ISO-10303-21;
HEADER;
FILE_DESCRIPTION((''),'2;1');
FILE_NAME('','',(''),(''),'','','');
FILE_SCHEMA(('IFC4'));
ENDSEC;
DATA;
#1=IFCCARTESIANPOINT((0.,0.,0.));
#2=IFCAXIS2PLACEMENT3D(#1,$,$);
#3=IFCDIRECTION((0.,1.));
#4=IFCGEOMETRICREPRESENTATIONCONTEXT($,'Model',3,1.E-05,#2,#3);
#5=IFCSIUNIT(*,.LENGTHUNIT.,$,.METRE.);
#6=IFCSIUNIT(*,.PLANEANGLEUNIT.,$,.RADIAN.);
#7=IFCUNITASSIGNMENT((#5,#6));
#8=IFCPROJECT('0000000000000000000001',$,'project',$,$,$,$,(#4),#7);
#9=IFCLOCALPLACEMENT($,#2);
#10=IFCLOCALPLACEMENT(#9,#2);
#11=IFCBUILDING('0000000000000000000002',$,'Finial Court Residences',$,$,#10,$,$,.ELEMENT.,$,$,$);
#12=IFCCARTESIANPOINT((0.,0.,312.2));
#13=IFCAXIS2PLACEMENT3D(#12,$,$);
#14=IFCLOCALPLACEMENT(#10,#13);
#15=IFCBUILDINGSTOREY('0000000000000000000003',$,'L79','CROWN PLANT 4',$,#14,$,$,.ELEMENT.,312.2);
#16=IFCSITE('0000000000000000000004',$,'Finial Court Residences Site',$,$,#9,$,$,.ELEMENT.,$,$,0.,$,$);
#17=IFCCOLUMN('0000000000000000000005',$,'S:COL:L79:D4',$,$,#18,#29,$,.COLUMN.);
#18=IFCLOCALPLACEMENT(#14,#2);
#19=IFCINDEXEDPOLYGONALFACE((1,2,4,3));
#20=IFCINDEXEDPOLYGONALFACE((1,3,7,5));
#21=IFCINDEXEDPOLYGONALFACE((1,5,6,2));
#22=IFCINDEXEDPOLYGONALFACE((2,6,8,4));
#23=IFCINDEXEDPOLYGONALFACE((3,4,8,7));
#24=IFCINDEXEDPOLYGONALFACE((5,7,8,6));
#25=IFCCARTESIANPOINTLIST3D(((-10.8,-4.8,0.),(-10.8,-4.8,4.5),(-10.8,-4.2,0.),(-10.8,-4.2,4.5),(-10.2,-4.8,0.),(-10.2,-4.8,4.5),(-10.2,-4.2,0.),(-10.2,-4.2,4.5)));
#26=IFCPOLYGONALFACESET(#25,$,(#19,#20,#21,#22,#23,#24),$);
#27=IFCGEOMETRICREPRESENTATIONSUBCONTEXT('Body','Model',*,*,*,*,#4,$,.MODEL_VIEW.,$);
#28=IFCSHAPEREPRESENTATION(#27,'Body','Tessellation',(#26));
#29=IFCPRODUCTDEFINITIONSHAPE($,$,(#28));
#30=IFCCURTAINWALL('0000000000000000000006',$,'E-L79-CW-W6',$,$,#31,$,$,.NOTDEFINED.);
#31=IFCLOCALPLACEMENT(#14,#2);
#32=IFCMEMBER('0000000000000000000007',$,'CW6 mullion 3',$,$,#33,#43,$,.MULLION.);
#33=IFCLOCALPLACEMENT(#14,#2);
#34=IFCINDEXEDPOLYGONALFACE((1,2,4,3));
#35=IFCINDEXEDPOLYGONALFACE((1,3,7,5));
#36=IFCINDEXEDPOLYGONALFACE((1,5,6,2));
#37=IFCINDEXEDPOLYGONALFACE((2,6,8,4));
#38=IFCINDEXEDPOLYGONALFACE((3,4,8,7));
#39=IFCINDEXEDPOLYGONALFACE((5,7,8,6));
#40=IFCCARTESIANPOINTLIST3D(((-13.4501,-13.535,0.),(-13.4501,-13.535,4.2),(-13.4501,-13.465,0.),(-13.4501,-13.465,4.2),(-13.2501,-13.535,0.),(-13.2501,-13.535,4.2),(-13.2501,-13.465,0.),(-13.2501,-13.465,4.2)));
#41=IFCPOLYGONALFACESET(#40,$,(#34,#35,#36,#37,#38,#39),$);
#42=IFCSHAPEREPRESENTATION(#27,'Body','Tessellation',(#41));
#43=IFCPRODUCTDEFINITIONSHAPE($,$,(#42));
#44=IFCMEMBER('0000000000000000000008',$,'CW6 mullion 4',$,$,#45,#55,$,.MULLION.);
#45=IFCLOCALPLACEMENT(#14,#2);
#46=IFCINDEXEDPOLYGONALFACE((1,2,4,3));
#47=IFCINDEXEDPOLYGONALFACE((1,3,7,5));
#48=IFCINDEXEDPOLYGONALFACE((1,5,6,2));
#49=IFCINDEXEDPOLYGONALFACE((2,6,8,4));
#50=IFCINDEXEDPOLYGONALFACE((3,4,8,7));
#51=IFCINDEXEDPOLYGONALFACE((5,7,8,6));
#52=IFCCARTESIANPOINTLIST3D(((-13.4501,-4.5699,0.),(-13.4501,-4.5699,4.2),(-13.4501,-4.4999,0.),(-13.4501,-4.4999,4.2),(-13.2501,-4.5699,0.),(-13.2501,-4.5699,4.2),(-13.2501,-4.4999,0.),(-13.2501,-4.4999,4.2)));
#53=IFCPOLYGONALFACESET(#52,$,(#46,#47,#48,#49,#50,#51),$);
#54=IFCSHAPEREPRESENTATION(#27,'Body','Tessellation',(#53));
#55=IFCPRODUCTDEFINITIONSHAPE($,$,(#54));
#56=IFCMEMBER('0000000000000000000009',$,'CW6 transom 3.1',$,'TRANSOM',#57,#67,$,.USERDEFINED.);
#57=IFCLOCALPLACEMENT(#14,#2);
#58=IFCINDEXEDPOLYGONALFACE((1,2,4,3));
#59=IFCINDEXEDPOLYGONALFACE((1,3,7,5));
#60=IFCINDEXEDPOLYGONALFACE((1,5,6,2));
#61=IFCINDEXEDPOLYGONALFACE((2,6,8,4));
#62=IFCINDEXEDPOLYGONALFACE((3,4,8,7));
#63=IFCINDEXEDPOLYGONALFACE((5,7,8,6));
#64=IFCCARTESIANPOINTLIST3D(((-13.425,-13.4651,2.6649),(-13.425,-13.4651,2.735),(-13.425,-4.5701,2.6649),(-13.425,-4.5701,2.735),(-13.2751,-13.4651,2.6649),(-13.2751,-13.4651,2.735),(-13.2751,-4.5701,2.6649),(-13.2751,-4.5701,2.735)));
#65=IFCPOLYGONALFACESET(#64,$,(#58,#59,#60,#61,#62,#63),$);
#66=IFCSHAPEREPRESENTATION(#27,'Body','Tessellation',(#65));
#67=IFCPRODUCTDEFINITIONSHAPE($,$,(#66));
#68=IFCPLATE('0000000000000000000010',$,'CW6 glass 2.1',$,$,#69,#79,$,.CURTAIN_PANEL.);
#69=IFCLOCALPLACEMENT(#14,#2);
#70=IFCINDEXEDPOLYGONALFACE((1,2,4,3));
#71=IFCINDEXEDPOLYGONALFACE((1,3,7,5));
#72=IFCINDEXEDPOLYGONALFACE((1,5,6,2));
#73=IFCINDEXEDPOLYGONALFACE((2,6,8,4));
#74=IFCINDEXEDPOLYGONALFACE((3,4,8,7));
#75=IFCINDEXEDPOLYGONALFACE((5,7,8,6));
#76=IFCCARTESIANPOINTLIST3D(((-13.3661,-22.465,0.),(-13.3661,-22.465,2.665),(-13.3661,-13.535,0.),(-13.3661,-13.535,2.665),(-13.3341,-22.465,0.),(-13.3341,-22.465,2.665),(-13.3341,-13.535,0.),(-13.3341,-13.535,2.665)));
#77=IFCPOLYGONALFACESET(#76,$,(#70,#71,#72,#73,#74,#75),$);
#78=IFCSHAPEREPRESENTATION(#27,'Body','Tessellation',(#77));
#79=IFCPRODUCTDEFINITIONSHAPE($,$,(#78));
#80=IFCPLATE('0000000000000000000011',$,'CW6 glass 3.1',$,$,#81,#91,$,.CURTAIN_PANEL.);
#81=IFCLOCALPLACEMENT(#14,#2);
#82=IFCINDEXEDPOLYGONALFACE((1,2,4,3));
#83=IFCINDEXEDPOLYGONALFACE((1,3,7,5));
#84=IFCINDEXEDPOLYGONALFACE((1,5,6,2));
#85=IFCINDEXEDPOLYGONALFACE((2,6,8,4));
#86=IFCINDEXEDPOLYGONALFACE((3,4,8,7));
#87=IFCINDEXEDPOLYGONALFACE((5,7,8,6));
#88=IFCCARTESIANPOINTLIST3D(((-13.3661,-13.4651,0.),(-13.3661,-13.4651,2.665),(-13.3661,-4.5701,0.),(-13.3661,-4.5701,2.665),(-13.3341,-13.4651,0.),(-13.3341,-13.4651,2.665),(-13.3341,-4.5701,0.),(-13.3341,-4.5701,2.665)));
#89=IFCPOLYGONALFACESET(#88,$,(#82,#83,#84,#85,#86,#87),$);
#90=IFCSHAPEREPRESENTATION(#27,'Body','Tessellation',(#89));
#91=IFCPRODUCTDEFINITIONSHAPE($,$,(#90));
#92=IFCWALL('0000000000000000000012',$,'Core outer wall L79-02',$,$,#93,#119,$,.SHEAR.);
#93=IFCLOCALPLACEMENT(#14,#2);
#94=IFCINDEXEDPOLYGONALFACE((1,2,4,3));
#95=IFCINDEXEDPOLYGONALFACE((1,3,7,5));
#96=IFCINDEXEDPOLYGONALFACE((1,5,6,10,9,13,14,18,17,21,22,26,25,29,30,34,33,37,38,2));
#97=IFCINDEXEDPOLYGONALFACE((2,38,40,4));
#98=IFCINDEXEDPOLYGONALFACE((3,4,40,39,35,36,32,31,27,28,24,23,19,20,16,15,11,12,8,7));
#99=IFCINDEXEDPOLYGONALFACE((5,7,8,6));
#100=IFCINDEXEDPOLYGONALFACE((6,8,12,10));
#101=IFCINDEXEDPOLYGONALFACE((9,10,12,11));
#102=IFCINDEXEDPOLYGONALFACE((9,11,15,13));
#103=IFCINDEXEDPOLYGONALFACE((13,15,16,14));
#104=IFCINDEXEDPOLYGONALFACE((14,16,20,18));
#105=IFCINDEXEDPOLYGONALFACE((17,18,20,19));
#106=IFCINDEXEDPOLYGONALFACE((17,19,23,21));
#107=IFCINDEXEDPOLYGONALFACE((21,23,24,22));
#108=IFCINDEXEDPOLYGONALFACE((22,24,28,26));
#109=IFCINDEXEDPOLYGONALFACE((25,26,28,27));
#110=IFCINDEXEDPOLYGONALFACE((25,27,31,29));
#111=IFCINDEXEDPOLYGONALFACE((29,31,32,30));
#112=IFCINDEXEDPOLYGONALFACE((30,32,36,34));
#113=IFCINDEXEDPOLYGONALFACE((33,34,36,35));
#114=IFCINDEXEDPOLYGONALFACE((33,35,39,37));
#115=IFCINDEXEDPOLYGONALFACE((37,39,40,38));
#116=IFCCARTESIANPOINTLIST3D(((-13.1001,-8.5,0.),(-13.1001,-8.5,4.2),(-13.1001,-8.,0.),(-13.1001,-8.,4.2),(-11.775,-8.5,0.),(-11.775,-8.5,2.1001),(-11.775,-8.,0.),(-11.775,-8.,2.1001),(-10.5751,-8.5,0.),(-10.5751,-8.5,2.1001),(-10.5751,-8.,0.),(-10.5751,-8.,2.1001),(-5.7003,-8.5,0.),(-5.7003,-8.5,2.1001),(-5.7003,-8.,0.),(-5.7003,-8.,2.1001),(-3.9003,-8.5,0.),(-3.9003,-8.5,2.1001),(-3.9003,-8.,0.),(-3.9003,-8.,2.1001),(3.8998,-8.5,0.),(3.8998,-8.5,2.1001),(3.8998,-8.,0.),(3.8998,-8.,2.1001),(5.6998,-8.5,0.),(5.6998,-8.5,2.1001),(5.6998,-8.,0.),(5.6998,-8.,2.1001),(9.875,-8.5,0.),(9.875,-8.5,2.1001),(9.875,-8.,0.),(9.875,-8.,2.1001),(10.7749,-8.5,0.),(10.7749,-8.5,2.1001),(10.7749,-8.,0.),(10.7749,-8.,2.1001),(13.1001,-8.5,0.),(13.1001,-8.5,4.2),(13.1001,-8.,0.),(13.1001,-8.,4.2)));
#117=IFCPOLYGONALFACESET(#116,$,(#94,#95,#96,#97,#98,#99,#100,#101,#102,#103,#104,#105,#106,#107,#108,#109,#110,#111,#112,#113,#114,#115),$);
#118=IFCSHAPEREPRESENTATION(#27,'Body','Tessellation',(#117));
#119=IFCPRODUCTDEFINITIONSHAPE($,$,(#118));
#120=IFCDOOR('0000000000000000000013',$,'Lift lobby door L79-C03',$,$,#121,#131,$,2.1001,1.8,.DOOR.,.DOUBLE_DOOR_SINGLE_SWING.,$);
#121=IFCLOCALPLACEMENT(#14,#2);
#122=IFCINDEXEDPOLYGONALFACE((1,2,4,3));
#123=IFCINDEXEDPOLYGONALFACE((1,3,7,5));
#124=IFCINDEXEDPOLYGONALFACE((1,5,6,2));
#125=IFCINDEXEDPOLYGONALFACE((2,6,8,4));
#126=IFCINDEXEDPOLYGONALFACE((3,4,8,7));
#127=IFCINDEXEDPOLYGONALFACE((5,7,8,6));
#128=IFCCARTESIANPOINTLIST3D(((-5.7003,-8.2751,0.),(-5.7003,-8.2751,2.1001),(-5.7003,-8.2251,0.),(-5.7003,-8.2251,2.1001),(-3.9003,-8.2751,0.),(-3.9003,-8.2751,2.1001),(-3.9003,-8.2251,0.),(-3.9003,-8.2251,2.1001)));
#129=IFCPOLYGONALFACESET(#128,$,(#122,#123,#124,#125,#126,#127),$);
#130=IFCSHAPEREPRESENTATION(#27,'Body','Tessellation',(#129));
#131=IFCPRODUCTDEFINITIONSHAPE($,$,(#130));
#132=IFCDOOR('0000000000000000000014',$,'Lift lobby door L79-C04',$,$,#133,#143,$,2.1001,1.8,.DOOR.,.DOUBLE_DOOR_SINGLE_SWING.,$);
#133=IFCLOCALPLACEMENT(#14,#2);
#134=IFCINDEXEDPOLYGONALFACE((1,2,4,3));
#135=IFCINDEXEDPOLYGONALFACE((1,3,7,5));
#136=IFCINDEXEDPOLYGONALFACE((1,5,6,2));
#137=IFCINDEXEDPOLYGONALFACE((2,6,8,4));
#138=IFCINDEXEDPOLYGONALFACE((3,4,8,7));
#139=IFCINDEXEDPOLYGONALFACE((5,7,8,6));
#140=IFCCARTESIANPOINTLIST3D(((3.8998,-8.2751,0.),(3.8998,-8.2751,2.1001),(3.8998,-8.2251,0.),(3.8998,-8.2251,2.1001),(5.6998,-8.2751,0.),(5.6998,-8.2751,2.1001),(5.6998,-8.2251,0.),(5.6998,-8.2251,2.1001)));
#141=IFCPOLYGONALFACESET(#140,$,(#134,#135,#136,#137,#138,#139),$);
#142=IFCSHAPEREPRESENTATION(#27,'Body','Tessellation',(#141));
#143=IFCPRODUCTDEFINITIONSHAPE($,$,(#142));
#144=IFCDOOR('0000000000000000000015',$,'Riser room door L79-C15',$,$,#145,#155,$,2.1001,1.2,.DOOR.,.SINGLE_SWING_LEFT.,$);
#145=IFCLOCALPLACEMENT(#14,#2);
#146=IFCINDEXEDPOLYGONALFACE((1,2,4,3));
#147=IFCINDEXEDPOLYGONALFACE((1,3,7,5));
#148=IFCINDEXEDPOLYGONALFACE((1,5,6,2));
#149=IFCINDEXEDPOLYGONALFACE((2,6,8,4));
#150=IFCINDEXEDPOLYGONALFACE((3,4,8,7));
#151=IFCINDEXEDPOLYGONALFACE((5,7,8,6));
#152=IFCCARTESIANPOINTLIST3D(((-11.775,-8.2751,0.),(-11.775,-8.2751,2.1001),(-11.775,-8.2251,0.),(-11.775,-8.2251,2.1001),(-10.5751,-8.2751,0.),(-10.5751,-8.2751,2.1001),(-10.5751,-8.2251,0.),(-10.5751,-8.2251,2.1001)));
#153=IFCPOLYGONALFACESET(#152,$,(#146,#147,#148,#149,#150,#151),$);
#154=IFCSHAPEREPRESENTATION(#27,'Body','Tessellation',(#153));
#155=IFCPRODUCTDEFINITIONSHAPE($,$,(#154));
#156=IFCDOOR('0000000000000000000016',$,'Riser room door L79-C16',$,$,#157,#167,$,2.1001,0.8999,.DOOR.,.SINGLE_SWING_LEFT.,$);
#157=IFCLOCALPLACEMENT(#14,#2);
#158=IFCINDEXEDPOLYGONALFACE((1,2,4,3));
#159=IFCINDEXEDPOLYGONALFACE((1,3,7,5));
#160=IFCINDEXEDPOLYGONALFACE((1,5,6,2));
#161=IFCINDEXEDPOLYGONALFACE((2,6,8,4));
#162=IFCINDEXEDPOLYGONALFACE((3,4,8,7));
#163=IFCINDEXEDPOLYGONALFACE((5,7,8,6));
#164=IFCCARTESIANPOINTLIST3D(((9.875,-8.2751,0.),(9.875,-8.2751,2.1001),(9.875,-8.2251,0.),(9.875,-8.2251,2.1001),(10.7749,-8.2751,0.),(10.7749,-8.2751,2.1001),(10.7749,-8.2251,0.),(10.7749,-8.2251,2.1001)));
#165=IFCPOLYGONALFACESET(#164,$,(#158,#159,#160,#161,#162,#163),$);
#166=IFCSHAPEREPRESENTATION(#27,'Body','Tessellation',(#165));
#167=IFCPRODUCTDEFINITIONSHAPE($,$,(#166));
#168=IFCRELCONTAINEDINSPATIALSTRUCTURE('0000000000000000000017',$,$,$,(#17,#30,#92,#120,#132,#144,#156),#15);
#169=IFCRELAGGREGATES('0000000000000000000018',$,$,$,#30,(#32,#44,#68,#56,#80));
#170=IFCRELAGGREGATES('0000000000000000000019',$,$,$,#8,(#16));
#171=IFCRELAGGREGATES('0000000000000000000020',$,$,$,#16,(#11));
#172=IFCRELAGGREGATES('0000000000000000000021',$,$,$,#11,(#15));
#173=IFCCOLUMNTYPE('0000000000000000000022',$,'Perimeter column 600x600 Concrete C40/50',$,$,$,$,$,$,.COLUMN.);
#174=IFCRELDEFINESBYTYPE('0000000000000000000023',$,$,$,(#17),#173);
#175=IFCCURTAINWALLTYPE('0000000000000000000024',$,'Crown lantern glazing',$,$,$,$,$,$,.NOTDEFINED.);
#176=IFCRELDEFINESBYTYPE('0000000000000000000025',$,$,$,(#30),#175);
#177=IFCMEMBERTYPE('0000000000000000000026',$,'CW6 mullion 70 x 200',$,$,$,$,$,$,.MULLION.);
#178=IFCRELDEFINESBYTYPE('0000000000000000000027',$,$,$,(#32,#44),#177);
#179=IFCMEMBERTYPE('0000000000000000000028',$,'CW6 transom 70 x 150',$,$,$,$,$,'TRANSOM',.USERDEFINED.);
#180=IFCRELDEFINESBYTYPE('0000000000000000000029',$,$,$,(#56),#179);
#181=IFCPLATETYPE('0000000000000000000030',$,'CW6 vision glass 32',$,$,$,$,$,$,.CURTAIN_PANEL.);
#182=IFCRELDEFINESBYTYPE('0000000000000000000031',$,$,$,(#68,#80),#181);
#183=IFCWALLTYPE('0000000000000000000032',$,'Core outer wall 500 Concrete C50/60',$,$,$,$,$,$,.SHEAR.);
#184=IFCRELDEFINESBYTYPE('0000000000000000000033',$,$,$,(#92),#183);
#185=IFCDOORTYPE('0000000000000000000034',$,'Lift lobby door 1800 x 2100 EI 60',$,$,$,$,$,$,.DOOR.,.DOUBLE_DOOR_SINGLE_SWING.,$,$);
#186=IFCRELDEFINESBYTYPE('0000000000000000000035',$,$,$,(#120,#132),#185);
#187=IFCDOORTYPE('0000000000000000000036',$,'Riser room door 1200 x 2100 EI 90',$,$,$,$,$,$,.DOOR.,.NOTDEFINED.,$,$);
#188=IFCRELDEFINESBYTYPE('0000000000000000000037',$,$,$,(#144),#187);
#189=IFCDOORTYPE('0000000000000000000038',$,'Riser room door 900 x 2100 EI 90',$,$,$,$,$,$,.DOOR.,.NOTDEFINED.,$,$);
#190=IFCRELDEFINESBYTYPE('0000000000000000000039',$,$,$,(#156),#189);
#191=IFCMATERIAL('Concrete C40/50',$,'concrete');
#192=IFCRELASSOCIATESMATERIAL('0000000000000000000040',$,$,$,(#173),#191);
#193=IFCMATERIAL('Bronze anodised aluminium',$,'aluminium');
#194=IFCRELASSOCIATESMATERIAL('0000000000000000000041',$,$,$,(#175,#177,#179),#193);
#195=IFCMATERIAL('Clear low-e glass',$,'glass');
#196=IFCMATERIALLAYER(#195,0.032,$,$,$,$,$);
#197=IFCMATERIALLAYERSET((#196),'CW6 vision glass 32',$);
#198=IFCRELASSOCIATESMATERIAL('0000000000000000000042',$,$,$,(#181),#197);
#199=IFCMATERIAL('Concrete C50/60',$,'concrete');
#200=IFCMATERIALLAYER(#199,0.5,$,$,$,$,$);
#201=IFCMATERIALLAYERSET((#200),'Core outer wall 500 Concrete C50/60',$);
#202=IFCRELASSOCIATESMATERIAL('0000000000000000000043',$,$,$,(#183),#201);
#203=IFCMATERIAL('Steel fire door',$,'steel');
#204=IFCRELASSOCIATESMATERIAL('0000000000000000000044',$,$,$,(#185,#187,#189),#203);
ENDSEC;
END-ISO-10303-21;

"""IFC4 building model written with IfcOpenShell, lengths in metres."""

from ifc_helpers import new_model, si_unit, direction, frame, frame_2d, origin, origin_2d, place, context, subcontext, project, spatial, rectangle, extrude, material, layer, layer_set, material_profile, profile_set, type_object, element, fill, aggregate, save


model = new_model("IFC4")

# Units and contexts
model_context = context("Model", 3, precision=1e-05, world=origin(), true_north=direction((0.0, 1.0)))
body_context = subcontext(model_context, "Body", "Model", "MODEL_VIEW")
ifc_project = project(units=[si_unit("LENGTHUNIT", "METRE"), si_unit("PLANEANGLEUNIT", "RADIAN")], contexts=[model_context])

# Site, building, storey
site_placement = place(None, origin())
site = spatial("IfcSite", under=ifc_project, at=site_placement, Name="Finial Court Residences Site", CompositionType="ELEMENT", RefElevation=0.0)
building_placement = place(site_placement, origin())
building = spatial("IfcBuilding", under=site, at=building_placement, Name="Finial Court Residences", CompositionType="ELEMENT")
storey_placement = place(building_placement, frame((0.0, 0.0, 312.2)))
storey = spatial("IfcBuildingStorey", under=building, at=storey_placement, Name="L79", Description="CROWN PLANT 4", CompositionType="ELEMENT", Elevation=312.2)

# Column
ifc_material_1 = material(Name="Concrete C40/50", Category="concrete")
ifc_material_profile_1 = material_profile(ifc_material_1, rectangle(XDim=0.6001, YDim=0.6001, at=origin_2d()), Name="600x600")
ifc_profile_set_1 = profile_set([ifc_material_profile_1], Name="Concrete C40/50")
column_type = type_object("IfcColumnType", Name="Perimeter column 600x600 Concrete C40/50", PredefinedType="COLUMN", material=ifc_profile_set_1)
column_placement = place(storey_placement, frame((-10.5, -4.5, 0.0), z_axis=(0.0, 0.0, 1.0), x_axis=(1.0, 0.0, 0.0)))
element("IfcColumn", 1, at=column_placement, inside=storey, type_object=column_type, Name="S:COL:L79:D4", PredefinedType="COLUMN", context=body_context, shape_type="SweptSolid", body=[
    extrude(rectangle(XDim=0.6001, YDim=0.6001, at=origin_2d()), origin(), (0.0, 0.0, 1.0), 4.5),
])

# Curtain wall, members, plates
ifc_material_2 = material(Name="Bronze anodised aluminium", Category="aluminium")
curtain_wall_type = type_object("IfcCurtainWallType", Name="Crown lantern glazing", PredefinedType="NOTDEFINED", material=ifc_material_2)
curtain_wall_placement = place(storey_placement, origin())
curtain_wall = element("IfcCurtainWall", 2, at=curtain_wall_placement, inside=storey, type_object=curtain_wall_type, Name="E-L79-CW-W6", PredefinedType="NOTDEFINED")
ifc_material_profile_2 = material_profile(ifc_material_2, rectangle(XDim=0.2, YDim=0.0701, at=origin_2d()), Name="CW6 mullion 70 x 200")
ifc_profile_set_2 = profile_set([ifc_material_profile_2], Name="Bronze anodised aluminium")
member_type_1 = type_object("IfcMemberType", Name="CW6 mullion 70 x 200", PredefinedType="MULLION", material=ifc_profile_set_2)
member_1_placement = place(storey_placement, frame((-13.3501, -13.5, 0.0), z_axis=(0.0, 0.0, 1.0), x_axis=(-1.0, 0.0, 0.0)))
member_1 = element("IfcMember", 3, at=member_1_placement, type_object=member_type_1, Name="CW6 mullion 3", PredefinedType="MULLION", context=body_context, shape_type="SweptSolid", body=[
    extrude(rectangle(XDim=0.2, YDim=0.0701, at=origin_2d()), origin(), (0.0, 0.0, 1.0), 4.2),
])
member_2_placement = place(storey_placement, frame((-13.3501, -4.5349, 0.0), z_axis=(0.0, 0.0, 1.0), x_axis=(-1.0, 0.0, 0.0)))
member_2 = element("IfcMember", 4, at=member_2_placement, type_object=member_type_1, Name="CW6 mullion 4", PredefinedType="MULLION", context=body_context, shape_type="SweptSolid", body=[
    extrude(rectangle(XDim=0.2, YDim=0.0701, at=origin_2d()), origin(), (0.0, 0.0, 1.0), 4.2),
])
ifc_material_profile_3 = material_profile(ifc_material_2, rectangle(XDim=0.1499, YDim=0.0701, at=origin_2d()), Name="CW6 transom 70 x 150")
ifc_profile_set_3 = profile_set([ifc_material_profile_3], Name="Bronze anodised aluminium")
member_type_2 = type_object("IfcMemberType", Name="CW6 transom 70 x 150", ElementType="TRANSOM", PredefinedType="USERDEFINED", material=ifc_profile_set_3)
member_3_placement = place(storey_placement, frame((-13.3501, -13.4651, 2.7), z_axis=(0.0, 1.0, 0.0), x_axis=(-1.0, 0.0, 0.0)))
member_3 = element("IfcMember", 5, at=member_3_placement, type_object=member_type_2, Name="CW6 transom 3.1", ObjectType="TRANSOM", PredefinedType="USERDEFINED", context=body_context, shape_type="SweptSolid", body=[
    extrude(rectangle(XDim=0.1499, YDim=0.0701, at=origin_2d()), origin(), (0.0, 0.0, 1.0), 8.895),
])
ifc_material_3 = material(Name="Clear low-e glass", Category="glass")
ifc_layer_1 = layer(ifc_material_3, 0.032)
ifc_layer_set_1 = layer_set([ifc_layer_1], Name="CW6 vision glass 32")
plate_type = type_object("IfcPlateType", Name="CW6 vision glass 32", PredefinedType="CURTAIN_PANEL", material=ifc_layer_set_1)
plate_1_placement = place(storey_placement, frame((-13.3501, -18.0, 0.0), z_axis=(0.0, 0.0, 1.0), x_axis=(0.0, 1.0, 0.0)))
plate_1 = element("IfcPlate", 6, at=plate_1_placement, type_object=plate_type, Name="CW6 glass 2.1", PredefinedType="CURTAIN_PANEL", context=body_context, shape_type="SweptSolid", body=[
    extrude(rectangle(XDim=8.9299, YDim=0.032, at=origin_2d()), origin(), (0.0, 0.0, 1.0), 2.665),
])
plate_2_placement = place(storey_placement, frame((-13.3501, -9.0176, 0.0), z_axis=(0.0, 0.0, 1.0), x_axis=(0.0, 1.0, 0.0)))
plate_2 = element("IfcPlate", 7, at=plate_2_placement, type_object=plate_type, Name="CW6 glass 3.1", PredefinedType="CURTAIN_PANEL", context=body_context, shape_type="SweptSolid", body=[
    extrude(rectangle(XDim=8.895, YDim=0.032, at=origin_2d()), origin(), (0.0, 0.0, 1.0), 2.665),
])

# Wall, openings, doors
ifc_material_4 = material(Name="Concrete C50/60", Category="concrete")
ifc_layer_2 = layer(ifc_material_4, 0.5)
ifc_layer_set_2 = layer_set([ifc_layer_2], Name="Core outer wall 500 Concrete C50/60")
wall_type_1 = type_object("IfcWallType", Name="Core outer wall 500 Concrete C50/60", PredefinedType="SHEAR", material=ifc_layer_set_2)
wall_1_placement = place(storey_placement, frame((-13.1001, -8.25, 0.0), z_axis=(0.0, 0.0, 1.0), x_axis=(1.0, 0.0, 0.0)))
wall_1 = element("IfcWall", 8, at=wall_1_placement, inside=storey, type_object=wall_type_1, Name="Core outer wall L79-02", PredefinedType="SHEAR", context=body_context, shape_type="SweptSolid", body=[
    extrude(rectangle(XDim=26.2002, YDim=0.5, at=frame_2d((13.1001, 0.0))), origin(), (0.0, 0.0, 1.0), 4.2),
])
opening_1_placement = place(wall_1_placement, frame((7.3999, 0.0, 0.0)))
opening_1 = element("IfcOpeningElement", 9, at=opening_1_placement, cuts=wall_1, PredefinedType="OPENING", context=body_context, shape_type="SweptSolid", body=[
    extrude(rectangle(XDim=1.8, YDim=2.1001, at=frame_2d((0.8999, 1.05))), frame((0.0, 0.26, 0.0), z_axis=(0.0, -1.0, 0.0), x_axis=(1.0, 0.0, 0.0)), (0.0, 0.0, 1.0), 0.52),
])
opening_2_placement = place(wall_1_placement, frame((17.0, 0.0, 0.0)))
opening_2 = element("IfcOpeningElement", 10, at=opening_2_placement, cuts=wall_1, PredefinedType="OPENING", context=body_context, shape_type="SweptSolid", body=[
    extrude(rectangle(XDim=1.8, YDim=2.1001, at=frame_2d((0.8999, 1.05))), frame((0.0, 0.26, 0.0), z_axis=(0.0, -1.0, 0.0), x_axis=(1.0, 0.0, 0.0)), (0.0, 0.0, 1.0), 0.52),
])
opening_3_placement = place(wall_1_placement, frame((1.325, 0.0, 0.0)))
opening_3 = element("IfcOpeningElement", 11, at=opening_3_placement, cuts=wall_1, PredefinedType="OPENING", context=body_context, shape_type="SweptSolid", body=[
    extrude(rectangle(XDim=1.2, YDim=2.1001, at=frame_2d((0.6001, 1.05))), frame((0.0, 0.26, 0.0), z_axis=(0.0, -1.0, 0.0), x_axis=(1.0, 0.0, 0.0)), (0.0, 0.0, 1.0), 0.52),
])
opening_4_placement = place(wall_1_placement, frame((22.9751, 0.0, 0.0)))
opening_4 = element("IfcOpeningElement", 12, at=opening_4_placement, cuts=wall_1, PredefinedType="OPENING", context=body_context, shape_type="SweptSolid", body=[
    extrude(rectangle(XDim=0.8999, YDim=2.1001, at=frame_2d((0.45, 1.05))), frame((0.0, 0.26, 0.0), z_axis=(0.0, -1.0, 0.0), x_axis=(1.0, 0.0, 0.0)), (0.0, 0.0, 1.0), 0.52),
])
ifc_material_5 = material(Name="Steel fire door", Category="steel")
door_type_1 = type_object("IfcDoorType", Name="Lift lobby door 1800 x 2100 EI 60", OperationType="DOUBLE_DOOR_SINGLE_SWING", PredefinedType="DOOR", material=ifc_material_5)
door_1_placement = place(opening_1_placement, origin())
door_1 = element("IfcDoor", 13, at=door_1_placement, inside=storey, type_object=door_type_1, Name="Lift lobby door L79-C03", OperationType="DOUBLE_DOOR_SINGLE_SWING", OverallHeight=2.1001, OverallWidth=1.8, PredefinedType="DOOR", context=body_context, shape_type="SweptSolid", body=[
    extrude(rectangle(XDim=1.8, YDim=2.1001, at=frame_2d((0.8999, 1.05))), frame((0.0, 0.0249, 0.0), z_axis=(0.0, -1.0, 0.0), x_axis=(1.0, 0.0, 0.0)), (0.0, 0.0, 1.0), 0.05),
])
fill(opening_1, door_1)
door_2_placement = place(opening_2_placement, origin())
door_2 = element("IfcDoor", 14, at=door_2_placement, inside=storey, type_object=door_type_1, Name="Lift lobby door L79-C04", OperationType="DOUBLE_DOOR_SINGLE_SWING", OverallHeight=2.1001, OverallWidth=1.8, PredefinedType="DOOR", context=body_context, shape_type="SweptSolid", body=[
    extrude(rectangle(XDim=1.8, YDim=2.1001, at=frame_2d((0.8999, 1.05))), frame((0.0, 0.0249, 0.0), z_axis=(0.0, -1.0, 0.0), x_axis=(1.0, 0.0, 0.0)), (0.0, 0.0, 1.0), 0.05),
])
fill(opening_2, door_2)
door_type_2 = type_object("IfcDoorType", Name="Riser room door 1200 x 2100 EI 90", OperationType="NOTDEFINED", PredefinedType="DOOR", material=ifc_material_5)
door_3_placement = place(opening_3_placement, origin())
door_3 = element("IfcDoor", 15, at=door_3_placement, inside=storey, type_object=door_type_2, Name="Riser room door L79-C15", OperationType="SINGLE_SWING_LEFT", OverallHeight=2.1001, OverallWidth=1.2, PredefinedType="DOOR", context=body_context, shape_type="SweptSolid", body=[
    extrude(rectangle(XDim=1.2, YDim=2.1001, at=frame_2d((0.6001, 1.05))), frame((0.0, 0.0249, 0.0), z_axis=(0.0, -1.0, 0.0), x_axis=(1.0, 0.0, 0.0)), (0.0, 0.0, 1.0), 0.05),
])
fill(opening_3, door_3)
door_type_3 = type_object("IfcDoorType", Name="Riser room door 900 x 2100 EI 90", OperationType="NOTDEFINED", PredefinedType="DOOR", material=ifc_material_5)
door_4_placement = place(opening_4_placement, origin())
door_4 = element("IfcDoor", 16, at=door_4_placement, inside=storey, type_object=door_type_3, Name="Riser room door L79-C16", OperationType="SINGLE_SWING_LEFT", OverallHeight=2.1001, OverallWidth=0.8999, PredefinedType="DOOR", context=body_context, shape_type="SweptSolid", body=[
    extrude(rectangle(XDim=0.8999, YDim=2.1001, at=frame_2d((0.45, 1.05))), frame((0.0, 0.0249, 0.0), z_axis=(0.0, -1.0, 0.0), x_axis=(1.0, 0.0, 0.0)), (0.0, 0.0, 1.0), 0.05),
])
fill(opening_4, door_4)

aggregate(curtain_wall, [member_1, member_2, plate_1, member_3, plate_2])

save(model, "model.ifc")
